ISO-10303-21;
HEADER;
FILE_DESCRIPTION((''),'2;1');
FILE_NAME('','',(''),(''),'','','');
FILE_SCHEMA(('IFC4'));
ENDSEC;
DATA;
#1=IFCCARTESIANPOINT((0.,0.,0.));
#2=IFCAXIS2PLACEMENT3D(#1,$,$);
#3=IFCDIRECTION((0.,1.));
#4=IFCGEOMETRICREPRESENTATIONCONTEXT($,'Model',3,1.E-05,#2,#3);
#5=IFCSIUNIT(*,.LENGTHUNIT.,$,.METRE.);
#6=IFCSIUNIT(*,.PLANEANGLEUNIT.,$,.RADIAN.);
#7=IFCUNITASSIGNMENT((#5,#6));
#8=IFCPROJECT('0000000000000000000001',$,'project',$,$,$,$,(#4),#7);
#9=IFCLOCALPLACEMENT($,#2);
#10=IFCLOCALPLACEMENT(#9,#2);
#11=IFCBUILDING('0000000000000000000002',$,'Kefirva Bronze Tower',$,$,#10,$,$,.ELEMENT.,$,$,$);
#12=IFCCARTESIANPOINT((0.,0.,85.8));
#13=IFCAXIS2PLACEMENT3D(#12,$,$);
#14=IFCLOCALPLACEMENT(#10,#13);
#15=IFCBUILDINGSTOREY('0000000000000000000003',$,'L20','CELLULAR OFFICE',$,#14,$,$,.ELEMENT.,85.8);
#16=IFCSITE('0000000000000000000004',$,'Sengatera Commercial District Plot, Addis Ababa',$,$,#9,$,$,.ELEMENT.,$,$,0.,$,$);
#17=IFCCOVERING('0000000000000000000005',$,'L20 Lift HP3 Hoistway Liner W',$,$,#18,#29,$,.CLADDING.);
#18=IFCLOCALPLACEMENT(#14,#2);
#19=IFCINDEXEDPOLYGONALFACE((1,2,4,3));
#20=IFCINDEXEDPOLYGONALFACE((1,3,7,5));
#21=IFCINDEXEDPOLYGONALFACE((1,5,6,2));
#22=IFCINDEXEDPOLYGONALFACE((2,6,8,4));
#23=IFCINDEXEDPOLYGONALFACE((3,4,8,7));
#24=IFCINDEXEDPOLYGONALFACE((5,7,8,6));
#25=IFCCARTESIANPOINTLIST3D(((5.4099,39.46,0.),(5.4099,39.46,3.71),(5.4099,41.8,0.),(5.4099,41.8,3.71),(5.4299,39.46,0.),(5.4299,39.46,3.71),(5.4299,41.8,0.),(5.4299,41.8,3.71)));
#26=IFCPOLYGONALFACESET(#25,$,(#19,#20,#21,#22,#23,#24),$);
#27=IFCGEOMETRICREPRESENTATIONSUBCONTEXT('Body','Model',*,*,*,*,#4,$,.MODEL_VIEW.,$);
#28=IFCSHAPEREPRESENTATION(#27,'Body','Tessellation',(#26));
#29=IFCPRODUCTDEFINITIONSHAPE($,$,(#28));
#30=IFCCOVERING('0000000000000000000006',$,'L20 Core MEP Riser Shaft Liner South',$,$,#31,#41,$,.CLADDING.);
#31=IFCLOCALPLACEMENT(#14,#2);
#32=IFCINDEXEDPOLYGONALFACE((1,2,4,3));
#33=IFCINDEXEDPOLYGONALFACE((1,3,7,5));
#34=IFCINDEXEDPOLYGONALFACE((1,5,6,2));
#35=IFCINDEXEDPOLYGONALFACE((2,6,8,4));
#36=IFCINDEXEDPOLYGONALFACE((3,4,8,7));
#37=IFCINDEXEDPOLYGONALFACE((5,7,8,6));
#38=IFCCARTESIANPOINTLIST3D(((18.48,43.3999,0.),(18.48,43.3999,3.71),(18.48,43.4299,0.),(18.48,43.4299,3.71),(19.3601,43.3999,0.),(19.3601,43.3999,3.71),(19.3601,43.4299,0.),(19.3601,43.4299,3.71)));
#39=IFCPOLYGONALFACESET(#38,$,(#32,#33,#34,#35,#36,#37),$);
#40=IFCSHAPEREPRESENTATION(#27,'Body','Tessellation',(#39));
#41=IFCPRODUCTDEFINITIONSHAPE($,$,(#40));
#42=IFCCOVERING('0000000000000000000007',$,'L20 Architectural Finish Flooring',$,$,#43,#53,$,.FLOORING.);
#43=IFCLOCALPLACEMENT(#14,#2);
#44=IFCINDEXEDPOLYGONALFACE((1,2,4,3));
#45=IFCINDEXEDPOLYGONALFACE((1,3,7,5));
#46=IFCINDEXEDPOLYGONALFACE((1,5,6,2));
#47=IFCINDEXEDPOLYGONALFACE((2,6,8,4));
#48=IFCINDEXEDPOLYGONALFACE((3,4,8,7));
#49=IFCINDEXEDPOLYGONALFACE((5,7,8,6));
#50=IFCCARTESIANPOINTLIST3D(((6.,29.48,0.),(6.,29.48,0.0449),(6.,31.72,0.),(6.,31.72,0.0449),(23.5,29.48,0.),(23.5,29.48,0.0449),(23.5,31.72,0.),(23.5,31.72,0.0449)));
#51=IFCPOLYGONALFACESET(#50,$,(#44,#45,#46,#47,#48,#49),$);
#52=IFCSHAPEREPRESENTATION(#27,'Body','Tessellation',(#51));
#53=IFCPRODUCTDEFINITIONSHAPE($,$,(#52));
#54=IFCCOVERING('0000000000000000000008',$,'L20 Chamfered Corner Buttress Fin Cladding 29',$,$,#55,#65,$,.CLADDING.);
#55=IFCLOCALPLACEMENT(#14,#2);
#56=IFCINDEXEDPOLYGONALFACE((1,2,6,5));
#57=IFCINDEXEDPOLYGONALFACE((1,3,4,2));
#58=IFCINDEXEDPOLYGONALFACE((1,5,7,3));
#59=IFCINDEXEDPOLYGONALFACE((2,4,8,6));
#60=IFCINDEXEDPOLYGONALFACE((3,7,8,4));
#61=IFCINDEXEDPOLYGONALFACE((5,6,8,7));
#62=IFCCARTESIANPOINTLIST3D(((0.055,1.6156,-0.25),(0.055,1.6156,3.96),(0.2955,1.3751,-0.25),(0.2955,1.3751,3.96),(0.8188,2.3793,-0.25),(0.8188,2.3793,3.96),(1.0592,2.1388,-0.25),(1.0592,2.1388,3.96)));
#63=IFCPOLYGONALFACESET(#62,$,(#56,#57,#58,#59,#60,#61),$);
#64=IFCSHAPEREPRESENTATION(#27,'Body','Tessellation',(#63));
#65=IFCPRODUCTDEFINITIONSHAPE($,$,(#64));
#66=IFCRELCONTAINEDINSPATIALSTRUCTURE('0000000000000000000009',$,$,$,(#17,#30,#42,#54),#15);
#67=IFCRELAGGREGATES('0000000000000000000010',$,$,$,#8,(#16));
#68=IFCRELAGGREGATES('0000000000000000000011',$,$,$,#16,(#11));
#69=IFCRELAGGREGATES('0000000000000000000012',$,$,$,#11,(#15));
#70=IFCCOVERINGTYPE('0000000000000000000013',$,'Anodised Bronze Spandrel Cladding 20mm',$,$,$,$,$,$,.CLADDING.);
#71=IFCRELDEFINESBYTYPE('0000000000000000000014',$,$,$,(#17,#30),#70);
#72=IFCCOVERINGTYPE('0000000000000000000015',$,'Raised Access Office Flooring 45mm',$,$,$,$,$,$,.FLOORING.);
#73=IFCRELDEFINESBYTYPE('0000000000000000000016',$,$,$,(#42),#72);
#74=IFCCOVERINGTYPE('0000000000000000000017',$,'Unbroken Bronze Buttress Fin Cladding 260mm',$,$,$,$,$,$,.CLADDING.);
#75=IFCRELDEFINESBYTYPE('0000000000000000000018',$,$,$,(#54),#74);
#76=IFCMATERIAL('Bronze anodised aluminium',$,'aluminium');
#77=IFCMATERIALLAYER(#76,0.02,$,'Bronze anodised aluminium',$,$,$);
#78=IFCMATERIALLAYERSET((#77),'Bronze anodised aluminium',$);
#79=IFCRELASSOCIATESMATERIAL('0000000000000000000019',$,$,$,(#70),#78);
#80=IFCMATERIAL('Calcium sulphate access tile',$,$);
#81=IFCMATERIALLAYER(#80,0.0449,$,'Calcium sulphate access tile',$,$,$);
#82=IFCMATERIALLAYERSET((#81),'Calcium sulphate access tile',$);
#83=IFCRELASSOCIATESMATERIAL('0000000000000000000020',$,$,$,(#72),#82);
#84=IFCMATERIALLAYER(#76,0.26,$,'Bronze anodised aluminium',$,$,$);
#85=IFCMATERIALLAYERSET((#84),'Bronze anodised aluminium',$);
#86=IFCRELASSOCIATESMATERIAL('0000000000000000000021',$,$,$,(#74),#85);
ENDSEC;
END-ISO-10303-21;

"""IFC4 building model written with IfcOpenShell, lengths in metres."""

from ifc_helpers import new_model, si_unit, direction, frame, origin, origin_2d, place, context, subcontext, project, spatial, polyline, rectangle, outline, extrude, material, layer, layer_set, type_object, element, save


model = new_model("IFC4")

# Units and contexts
model_context = context("Model", 3, precision=1e-05, world=origin(), true_north=direction((0.0, 1.0)))
body_context = subcontext(model_context, "Body", "Model", "MODEL_VIEW")
ifc_project = project(units=[si_unit("LENGTHUNIT", "METRE"), si_unit("PLANEANGLEUNIT", "RADIAN")], contexts=[model_context])

# Site, building, storey
site_placement = place(None, origin())
site = spatial("IfcSite", under=ifc_project, at=site_placement, Name="Sengatera Commercial District Plot, Addis Ababa", CompositionType="ELEMENT", RefElevation=0.0)
building_placement = place(site_placement, origin())
building = spatial("IfcBuilding", under=site, at=building_placement, Name="Kefirva Bronze Tower", CompositionType="ELEMENT")
storey_placement = place(building_placement, frame((0.0, 0.0, 85.8)))
storey = spatial("IfcBuildingStorey", under=building, at=storey_placement, Name="L20", Description="CELLULAR OFFICE", CompositionType="ELEMENT", Elevation=85.8)

# Shared definitions
ifc_material_1 = material(Name="Bronze anodised aluminium", Category="aluminium")

# Coverings
ifc_layer_1 = layer(ifc_material_1, 0.02, Name="Bronze anodised aluminium")
ifc_layer_set_1 = layer_set([ifc_layer_1], Name="Bronze anodised aluminium")
covering_type_1 = type_object("IfcCoveringType", Name="Anodised Bronze Spandrel Cladding 20mm", PredefinedType="CLADDING", material=ifc_layer_set_1)
covering_1_placement = place(storey_placement, origin())
element("IfcCovering", 1, at=covering_1_placement, inside=storey, type_object=covering_type_1, Name="L20 Lift HP3 Hoistway Liner W", PredefinedType="CLADDING", context=body_context, shape_type="SweptSolid", body=[
    extrude(outline(polyline([(5.4099, 39.46), (5.4299, 39.46), (5.4299, 41.8), (5.4099, 41.8), (5.4099, 39.46)])), origin(), (0.0, 0.0, 1.0), 3.71),
])
covering_2_placement = place(storey_placement, origin())
element("IfcCovering", 2, at=covering_2_placement, inside=storey, type_object=covering_type_1, Name="L20 Core MEP Riser Shaft Liner South", PredefinedType="CLADDING", context=body_context, shape_type="SweptSolid", body=[
    extrude(outline(polyline([(18.48, 43.3999), (19.3601, 43.3999), (19.3601, 43.4299), (18.48, 43.4299), (18.48, 43.3999)])), origin(), (0.0, 0.0, 1.0), 3.71),
])
ifc_material_2 = material(Name="Calcium sulphate access tile")
ifc_layer_2 = layer(ifc_material_2, 0.0449, Name="Calcium sulphate access tile")
ifc_layer_set_2 = layer_set([ifc_layer_2], Name="Calcium sulphate access tile")
covering_type_2 = type_object("IfcCoveringType", Name="Raised Access Office Flooring 45mm", PredefinedType="FLOORING", material=ifc_layer_set_2)
covering_3_placement = place(storey_placement, origin())
element("IfcCovering", 3, at=covering_3_placement, inside=storey, type_object=covering_type_2, Name="L20 Architectural Finish Flooring", PredefinedType="FLOORING", context=body_context, shape_type="SweptSolid", body=[
    extrude(outline(polyline([(6.0, 29.48), (23.5, 29.48), (23.5, 31.72), (6.0, 31.72), (6.0, 29.48)])), origin(), (0.0, 0.0, 1.0), 0.0449),
])
ifc_layer_3 = layer(ifc_material_1, 0.26, Name="Bronze anodised aluminium")
ifc_layer_set_3 = layer_set([ifc_layer_3], Name="Bronze anodised aluminium")
covering_type_3 = type_object("IfcCoveringType", Name="Unbroken Bronze Buttress Fin Cladding 260mm", PredefinedType="CLADDING", material=ifc_layer_set_3)
covering_4_placement = place(storey_placement, frame((0.5571, 1.8772, -0.25), z_axis=(0.0, 0.0, 1.0), x_axis=(0.707107, -0.707107, 0.0)))
element("IfcCovering", 4, at=covering_4_placement, inside=storey, type_object=covering_type_3, Name="L20 Chamfered Corner Buttress Fin Cladding 29", PredefinedType="CLADDING", context=body_context, shape_type="SweptSolid", body=[
    extrude(rectangle(XDim=0.3401, YDim=1.0801, at=origin_2d()), origin(), (0.0, 0.0, 1.0), 4.21),
])

save(model, "model.ifc")
